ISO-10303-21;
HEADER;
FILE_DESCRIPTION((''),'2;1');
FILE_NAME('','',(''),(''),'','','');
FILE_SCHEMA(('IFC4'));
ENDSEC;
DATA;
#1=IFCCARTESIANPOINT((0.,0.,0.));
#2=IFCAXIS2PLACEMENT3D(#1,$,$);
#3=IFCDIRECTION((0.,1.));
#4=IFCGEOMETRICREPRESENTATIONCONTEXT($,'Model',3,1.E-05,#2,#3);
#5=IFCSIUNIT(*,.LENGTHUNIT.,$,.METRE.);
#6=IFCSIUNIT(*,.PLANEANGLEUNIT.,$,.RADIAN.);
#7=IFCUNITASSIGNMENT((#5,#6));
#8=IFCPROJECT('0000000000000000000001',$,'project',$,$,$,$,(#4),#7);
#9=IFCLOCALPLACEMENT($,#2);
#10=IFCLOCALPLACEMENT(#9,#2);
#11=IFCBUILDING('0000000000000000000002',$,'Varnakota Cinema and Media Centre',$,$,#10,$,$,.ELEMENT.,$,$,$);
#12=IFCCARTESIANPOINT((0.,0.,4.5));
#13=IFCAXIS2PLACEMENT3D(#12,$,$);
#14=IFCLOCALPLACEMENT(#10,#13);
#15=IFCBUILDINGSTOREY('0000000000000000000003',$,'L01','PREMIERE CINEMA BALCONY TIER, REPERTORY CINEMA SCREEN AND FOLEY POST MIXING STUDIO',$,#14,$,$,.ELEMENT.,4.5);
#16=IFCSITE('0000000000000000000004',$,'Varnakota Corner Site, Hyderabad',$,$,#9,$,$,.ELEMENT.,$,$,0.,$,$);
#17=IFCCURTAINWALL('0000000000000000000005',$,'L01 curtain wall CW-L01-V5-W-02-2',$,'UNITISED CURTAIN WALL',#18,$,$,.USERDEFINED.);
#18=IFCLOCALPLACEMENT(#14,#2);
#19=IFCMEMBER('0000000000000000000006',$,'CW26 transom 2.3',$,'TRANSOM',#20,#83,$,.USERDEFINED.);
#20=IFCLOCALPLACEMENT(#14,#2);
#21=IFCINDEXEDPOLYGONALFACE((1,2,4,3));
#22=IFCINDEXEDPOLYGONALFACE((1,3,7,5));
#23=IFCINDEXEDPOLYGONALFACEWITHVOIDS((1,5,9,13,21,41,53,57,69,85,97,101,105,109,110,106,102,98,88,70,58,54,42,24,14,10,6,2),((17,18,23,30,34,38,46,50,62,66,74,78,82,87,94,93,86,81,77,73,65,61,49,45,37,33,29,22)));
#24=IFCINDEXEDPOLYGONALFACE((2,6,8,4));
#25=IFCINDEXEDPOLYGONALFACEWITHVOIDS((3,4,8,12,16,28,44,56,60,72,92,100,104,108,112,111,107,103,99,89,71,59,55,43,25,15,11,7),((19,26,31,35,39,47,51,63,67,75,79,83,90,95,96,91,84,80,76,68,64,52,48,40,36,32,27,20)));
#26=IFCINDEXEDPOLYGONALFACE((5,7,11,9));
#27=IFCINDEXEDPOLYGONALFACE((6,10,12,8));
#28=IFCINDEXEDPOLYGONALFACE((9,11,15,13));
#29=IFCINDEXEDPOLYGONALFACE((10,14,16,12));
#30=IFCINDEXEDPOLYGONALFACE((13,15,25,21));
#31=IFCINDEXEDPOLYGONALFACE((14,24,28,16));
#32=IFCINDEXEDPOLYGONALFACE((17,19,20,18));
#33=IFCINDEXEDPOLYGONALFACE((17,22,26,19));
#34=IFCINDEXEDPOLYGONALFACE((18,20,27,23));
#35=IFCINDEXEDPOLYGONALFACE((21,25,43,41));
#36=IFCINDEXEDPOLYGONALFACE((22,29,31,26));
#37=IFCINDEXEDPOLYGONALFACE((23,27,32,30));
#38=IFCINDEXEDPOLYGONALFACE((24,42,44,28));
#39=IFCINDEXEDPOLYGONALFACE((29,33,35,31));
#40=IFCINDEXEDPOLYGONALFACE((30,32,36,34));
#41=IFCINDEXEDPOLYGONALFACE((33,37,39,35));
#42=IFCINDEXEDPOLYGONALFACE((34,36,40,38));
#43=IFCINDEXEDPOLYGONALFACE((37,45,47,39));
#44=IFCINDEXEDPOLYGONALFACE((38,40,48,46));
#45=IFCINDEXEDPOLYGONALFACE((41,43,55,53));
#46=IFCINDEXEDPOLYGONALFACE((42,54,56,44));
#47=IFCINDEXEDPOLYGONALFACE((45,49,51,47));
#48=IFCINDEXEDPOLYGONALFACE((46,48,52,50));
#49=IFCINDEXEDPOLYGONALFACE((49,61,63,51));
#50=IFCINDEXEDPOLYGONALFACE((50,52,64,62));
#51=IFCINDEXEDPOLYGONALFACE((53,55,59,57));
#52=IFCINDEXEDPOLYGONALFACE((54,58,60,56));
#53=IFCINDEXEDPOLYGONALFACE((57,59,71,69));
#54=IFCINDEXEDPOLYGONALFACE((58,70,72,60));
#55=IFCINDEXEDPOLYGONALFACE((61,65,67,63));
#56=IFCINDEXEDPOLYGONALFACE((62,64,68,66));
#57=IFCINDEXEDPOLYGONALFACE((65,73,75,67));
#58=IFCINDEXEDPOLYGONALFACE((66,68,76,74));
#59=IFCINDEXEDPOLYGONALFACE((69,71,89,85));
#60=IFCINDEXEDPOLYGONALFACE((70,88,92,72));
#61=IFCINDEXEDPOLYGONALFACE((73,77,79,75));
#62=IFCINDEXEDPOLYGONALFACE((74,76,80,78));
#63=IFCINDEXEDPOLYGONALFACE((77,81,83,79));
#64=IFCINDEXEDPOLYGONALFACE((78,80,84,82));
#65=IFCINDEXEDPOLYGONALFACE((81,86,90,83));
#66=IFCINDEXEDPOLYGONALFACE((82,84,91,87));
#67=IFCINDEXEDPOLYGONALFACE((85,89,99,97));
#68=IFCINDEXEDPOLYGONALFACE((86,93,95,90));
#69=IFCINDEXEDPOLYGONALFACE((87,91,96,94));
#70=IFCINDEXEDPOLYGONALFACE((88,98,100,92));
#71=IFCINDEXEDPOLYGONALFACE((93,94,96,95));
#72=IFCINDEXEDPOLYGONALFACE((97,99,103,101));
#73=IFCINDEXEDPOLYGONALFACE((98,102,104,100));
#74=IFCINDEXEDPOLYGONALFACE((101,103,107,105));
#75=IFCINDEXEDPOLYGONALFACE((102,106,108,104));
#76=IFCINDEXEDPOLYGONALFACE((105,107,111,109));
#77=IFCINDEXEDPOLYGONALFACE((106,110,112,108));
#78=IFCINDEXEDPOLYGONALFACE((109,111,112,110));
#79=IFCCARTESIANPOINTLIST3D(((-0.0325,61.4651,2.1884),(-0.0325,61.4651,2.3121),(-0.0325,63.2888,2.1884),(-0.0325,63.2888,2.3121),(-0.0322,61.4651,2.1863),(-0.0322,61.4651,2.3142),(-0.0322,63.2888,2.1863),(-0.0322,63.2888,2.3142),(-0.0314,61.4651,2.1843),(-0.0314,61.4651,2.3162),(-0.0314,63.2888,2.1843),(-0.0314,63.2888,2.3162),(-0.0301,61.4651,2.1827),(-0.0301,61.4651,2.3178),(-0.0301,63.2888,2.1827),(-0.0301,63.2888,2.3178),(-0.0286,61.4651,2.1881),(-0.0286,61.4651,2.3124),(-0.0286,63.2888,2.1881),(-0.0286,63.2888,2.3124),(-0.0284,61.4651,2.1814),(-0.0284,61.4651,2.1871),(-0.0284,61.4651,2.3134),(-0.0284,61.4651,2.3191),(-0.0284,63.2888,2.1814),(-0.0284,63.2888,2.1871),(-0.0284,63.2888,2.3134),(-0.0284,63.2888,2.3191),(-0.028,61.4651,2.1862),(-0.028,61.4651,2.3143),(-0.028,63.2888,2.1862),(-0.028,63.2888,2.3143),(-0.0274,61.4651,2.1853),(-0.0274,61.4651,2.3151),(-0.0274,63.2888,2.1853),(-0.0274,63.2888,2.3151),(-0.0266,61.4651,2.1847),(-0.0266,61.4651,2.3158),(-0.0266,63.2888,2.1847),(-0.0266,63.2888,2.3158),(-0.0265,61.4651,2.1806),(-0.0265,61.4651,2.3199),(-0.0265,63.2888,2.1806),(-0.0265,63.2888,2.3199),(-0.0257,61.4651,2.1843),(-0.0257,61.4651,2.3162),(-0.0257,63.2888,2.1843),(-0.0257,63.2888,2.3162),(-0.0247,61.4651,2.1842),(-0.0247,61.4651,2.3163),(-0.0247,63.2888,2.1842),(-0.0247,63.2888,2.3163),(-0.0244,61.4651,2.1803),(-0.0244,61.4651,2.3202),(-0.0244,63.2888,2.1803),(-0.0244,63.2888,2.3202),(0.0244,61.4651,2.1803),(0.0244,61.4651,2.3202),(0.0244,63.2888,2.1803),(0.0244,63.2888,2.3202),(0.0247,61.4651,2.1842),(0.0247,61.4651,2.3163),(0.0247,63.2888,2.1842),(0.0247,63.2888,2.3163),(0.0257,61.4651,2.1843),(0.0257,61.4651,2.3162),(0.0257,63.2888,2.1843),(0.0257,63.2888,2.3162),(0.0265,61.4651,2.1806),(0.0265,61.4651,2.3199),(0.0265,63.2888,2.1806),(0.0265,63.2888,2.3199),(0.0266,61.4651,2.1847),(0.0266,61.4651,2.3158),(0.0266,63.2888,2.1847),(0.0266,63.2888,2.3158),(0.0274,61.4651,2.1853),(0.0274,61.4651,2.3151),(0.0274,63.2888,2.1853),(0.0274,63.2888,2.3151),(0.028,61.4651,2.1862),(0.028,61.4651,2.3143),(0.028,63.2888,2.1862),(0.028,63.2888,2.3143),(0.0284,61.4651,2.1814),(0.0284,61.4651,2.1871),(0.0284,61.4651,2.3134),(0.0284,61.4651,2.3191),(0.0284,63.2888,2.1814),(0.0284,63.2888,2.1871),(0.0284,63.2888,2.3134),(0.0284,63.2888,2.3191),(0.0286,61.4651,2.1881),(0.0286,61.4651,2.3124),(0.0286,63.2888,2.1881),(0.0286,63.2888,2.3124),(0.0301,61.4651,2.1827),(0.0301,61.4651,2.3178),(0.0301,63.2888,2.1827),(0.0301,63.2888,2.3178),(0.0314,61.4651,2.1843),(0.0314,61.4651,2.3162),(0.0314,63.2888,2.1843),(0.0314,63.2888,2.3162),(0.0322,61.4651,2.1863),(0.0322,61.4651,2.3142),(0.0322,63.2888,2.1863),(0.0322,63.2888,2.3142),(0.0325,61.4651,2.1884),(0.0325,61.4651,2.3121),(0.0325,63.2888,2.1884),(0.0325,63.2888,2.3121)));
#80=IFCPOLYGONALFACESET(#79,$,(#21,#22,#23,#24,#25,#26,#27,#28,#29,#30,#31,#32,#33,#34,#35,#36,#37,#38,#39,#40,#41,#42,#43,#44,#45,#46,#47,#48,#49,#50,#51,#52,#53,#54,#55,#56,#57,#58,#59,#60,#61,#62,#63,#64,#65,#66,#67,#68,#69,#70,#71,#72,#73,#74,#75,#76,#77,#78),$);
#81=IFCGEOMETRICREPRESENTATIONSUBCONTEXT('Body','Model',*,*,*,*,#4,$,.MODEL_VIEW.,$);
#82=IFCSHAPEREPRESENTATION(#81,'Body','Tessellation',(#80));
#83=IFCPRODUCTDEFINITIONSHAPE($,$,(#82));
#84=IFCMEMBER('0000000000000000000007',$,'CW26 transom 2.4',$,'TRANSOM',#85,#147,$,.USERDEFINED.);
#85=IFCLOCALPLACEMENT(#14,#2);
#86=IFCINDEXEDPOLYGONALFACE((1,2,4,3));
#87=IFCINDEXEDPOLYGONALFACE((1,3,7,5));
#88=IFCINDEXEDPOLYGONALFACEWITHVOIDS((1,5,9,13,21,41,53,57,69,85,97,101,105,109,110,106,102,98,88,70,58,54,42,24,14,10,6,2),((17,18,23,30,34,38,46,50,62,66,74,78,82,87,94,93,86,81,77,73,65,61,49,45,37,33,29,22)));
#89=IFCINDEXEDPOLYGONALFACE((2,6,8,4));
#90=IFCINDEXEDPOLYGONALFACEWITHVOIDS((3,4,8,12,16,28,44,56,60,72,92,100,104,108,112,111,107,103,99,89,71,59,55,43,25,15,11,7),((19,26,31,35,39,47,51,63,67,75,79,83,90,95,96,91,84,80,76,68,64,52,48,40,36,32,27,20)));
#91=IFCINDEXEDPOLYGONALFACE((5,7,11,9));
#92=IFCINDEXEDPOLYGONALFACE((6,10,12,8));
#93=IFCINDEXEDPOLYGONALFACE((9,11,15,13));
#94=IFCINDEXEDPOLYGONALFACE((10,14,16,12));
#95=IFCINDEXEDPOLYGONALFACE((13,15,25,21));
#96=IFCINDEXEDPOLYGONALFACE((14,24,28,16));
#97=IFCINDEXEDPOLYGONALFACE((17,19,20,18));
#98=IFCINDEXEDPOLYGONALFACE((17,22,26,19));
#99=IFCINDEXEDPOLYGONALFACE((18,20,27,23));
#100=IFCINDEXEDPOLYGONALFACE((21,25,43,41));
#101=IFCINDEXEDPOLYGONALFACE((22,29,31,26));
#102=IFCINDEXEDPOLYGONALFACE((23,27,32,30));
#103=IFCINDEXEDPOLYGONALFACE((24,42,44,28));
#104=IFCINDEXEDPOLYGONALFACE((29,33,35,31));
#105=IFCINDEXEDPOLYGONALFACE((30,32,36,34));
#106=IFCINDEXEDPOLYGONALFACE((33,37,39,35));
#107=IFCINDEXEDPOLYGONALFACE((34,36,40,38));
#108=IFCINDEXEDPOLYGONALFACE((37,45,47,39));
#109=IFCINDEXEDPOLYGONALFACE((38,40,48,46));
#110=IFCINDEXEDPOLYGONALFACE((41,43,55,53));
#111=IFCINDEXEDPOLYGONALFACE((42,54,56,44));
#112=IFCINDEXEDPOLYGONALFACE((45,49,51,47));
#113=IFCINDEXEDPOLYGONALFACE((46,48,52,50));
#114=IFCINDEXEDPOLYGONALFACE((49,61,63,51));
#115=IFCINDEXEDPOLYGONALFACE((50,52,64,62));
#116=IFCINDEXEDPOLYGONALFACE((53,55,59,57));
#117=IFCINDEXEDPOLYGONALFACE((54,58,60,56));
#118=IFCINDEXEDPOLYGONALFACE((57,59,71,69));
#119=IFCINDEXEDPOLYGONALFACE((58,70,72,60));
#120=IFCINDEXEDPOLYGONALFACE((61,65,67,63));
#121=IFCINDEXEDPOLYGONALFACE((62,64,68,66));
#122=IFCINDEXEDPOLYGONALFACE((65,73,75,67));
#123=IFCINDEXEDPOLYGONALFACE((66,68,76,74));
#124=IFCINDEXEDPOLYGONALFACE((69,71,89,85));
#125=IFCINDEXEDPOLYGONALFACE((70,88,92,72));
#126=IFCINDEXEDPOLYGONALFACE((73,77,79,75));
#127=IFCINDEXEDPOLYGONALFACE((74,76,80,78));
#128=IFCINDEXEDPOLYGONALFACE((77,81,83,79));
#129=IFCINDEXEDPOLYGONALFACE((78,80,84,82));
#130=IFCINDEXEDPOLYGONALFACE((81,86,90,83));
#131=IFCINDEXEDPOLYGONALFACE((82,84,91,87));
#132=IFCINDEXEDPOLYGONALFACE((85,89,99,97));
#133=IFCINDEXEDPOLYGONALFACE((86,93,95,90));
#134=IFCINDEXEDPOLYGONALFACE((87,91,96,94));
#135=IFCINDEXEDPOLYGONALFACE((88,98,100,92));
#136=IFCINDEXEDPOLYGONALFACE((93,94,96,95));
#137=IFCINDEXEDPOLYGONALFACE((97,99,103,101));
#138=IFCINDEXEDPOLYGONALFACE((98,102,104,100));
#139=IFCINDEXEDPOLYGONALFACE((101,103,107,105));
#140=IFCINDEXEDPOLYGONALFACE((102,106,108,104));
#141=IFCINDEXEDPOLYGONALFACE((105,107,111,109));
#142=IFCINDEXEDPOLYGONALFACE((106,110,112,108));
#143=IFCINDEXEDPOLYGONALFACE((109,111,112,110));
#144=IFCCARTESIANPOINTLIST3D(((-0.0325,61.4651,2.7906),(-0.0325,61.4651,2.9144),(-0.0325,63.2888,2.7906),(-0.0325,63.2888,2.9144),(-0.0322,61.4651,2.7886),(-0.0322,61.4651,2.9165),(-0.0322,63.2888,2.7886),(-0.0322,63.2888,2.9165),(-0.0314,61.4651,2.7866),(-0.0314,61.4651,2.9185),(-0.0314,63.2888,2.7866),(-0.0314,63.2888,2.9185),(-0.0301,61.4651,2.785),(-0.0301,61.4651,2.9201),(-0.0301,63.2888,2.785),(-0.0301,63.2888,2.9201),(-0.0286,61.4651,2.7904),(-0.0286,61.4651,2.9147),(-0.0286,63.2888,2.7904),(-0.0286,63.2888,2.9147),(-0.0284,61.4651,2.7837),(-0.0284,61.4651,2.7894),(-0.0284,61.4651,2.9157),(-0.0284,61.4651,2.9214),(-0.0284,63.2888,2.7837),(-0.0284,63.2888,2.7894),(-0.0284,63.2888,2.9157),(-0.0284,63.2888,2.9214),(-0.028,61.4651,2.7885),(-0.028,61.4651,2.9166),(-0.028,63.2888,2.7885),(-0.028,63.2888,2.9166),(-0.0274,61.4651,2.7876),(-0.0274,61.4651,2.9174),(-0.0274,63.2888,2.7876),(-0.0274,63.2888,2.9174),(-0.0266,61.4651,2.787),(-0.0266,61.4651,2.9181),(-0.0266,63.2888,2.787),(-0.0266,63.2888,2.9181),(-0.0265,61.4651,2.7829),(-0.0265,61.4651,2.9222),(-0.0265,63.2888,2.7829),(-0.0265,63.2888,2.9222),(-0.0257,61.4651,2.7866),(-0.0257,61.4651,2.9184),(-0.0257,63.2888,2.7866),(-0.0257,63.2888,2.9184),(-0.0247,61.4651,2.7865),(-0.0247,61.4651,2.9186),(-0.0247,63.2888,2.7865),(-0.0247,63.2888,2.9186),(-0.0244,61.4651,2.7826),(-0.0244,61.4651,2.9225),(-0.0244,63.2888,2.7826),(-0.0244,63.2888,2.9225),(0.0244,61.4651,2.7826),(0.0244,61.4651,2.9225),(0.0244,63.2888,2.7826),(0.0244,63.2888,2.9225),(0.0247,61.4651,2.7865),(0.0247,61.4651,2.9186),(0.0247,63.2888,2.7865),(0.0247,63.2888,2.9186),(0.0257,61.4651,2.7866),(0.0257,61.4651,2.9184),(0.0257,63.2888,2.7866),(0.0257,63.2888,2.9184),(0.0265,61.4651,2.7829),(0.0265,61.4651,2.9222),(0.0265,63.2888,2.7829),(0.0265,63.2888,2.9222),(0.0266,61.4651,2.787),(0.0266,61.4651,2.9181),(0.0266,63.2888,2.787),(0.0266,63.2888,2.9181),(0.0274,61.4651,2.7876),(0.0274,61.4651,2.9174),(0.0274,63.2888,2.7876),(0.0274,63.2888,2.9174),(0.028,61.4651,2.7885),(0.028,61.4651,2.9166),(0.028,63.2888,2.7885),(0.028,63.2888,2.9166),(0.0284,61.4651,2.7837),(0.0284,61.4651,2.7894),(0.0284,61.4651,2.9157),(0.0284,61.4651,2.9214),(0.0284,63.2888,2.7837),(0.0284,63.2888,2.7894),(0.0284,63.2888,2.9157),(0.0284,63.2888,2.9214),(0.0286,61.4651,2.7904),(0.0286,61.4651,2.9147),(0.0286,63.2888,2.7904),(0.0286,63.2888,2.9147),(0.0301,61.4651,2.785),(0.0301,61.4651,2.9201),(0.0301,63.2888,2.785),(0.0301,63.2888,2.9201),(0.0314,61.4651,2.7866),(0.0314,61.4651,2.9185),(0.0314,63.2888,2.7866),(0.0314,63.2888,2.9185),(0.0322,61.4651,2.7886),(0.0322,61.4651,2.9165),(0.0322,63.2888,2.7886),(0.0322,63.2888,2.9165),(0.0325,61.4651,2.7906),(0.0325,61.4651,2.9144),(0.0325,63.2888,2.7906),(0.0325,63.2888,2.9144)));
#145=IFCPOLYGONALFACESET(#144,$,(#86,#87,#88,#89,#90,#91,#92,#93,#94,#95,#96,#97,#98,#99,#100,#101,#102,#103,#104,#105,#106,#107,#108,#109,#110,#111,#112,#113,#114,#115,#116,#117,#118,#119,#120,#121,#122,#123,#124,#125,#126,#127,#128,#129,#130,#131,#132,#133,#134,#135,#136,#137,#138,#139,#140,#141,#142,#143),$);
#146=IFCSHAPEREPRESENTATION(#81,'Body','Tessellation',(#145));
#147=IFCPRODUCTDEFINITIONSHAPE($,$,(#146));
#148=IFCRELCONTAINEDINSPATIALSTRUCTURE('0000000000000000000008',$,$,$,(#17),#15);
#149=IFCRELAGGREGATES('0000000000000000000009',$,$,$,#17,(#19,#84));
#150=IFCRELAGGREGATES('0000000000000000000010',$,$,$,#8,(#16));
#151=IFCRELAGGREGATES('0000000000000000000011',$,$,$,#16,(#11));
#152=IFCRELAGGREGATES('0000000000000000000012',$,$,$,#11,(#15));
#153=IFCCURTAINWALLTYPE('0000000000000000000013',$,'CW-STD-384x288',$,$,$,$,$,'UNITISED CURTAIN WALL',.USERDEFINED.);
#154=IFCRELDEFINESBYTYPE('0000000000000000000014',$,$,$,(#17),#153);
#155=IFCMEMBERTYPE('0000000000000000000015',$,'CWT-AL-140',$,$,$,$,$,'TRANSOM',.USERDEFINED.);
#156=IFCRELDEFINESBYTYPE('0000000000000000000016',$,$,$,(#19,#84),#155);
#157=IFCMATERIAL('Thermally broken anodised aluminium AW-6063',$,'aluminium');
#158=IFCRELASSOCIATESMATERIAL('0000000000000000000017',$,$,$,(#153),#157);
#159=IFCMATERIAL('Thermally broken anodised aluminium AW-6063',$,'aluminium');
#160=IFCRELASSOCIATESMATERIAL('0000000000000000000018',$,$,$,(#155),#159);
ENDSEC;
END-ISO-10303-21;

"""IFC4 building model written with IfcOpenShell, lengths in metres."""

from ifc_helpers import new_model, si_unit, direction, frame, origin, origin_2d, place, context, subcontext, project, spatial, hollow_rectangle, extrude, material, material_profile, profile_set, type_object, element, aggregate, save


model = new_model("IFC4")

# Units and contexts
model_context = context("Model", 3, precision=1e-05, world=origin(), true_north=direction((0.0, 1.0)))
body_context = subcontext(model_context, "Body", "Model", "MODEL_VIEW")
ifc_project = project(units=[si_unit("LENGTHUNIT", "METRE"), si_unit("PLANEANGLEUNIT", "RADIAN")], contexts=[model_context])

# Site, building, storey
site_placement = place(None, origin())
site = spatial("IfcSite", under=ifc_project, at=site_placement, Name="Varnakota Corner Site, Hyderabad", CompositionType="ELEMENT", RefElevation=0.0)
building_placement = place(site_placement, origin())
building = spatial("IfcBuilding", under=site, at=building_placement, Name="Varnakota Cinema and Media Centre", CompositionType="ELEMENT")
storey_placement = place(building_placement, frame((0.0, 0.0, 4.5)))
storey = spatial("IfcBuildingStorey", under=building, at=storey_placement, Name="L01", Description="PREMIERE CINEMA BALCONY TIER, REPERTORY CINEMA SCREEN AND FOLEY POST MIXING STUDIO", CompositionType="ELEMENT", Elevation=4.5)

# Curtain wall
ifc_material_1 = material(Name="Thermally broken anodised aluminium AW-6063", Category="aluminium")
curtain_wall_type = type_object("IfcCurtainWallType", Name="CW-STD-384x288", ElementType="UNITISED CURTAIN WALL", PredefinedType="USERDEFINED", material=ifc_material_1)
curtain_wall_1_placement = place(storey_placement, origin())
curtain_wall_1 = element("IfcCurtainWall", 1, at=curtain_wall_1_placement, inside=storey, type_object=curtain_wall_type, Name="L01 curtain wall CW-L01-V5-W-02-2", ObjectType="UNITISED CURTAIN WALL", PredefinedType="USERDEFINED")

# Members
ifc_material_2 = material(Name="Thermally broken anodised aluminium AW-6063", Category="aluminium")
ifc_material_profile_1 = material_profile(ifc_material_2, hollow_rectangle(XDim=0.0649, YDim=0.1399, WallThickness=0.0039, InnerFilletRadius=0.0039, OuterFilletRadius=0.0081, at=origin_2d()), Name="AL-TRANSOM 140x65x4")
ifc_profile_set_1 = profile_set([ifc_material_profile_1], Name="Thermally broken anodised aluminium AW-6063")
member_type_1 = type_object("IfcMemberType", Name="CWT-AL-140", ElementType="TRANSOM", PredefinedType="USERDEFINED", material=ifc_profile_set_1)
member_1_placement = place(storey_placement, frame((0.0, 63.2888, 2.2502), z_axis=(0.0, -1.0, 0.0), x_axis=(1.0, 0.0, 0.0)))
member_1 = element("IfcMember", 2, at=member_1_placement, type_object=member_type_1, Name="CW26 transom 2.3", ObjectType="TRANSOM", PredefinedType="USERDEFINED", context=body_context, shape_type="SweptSolid", body=[
    extrude(hollow_rectangle(XDim=0.0649, YDim=0.1399, WallThickness=0.0039, InnerFilletRadius=0.0039, OuterFilletRadius=0.0081, at=origin_2d()), origin(), (0.0, 0.0, 1.0), 1.8237),
])
member_2_placement = place(storey_placement, frame((0.0, 63.2888, 2.8525), z_axis=(0.0, -1.0, 0.0), x_axis=(1.0, 0.0, 0.0)))
member_2 = element("IfcMember", 3, at=member_2_placement, type_object=member_type_1, Name="CW26 transom 2.4", ObjectType="TRANSOM", PredefinedType="USERDEFINED", context=body_context, shape_type="SweptSolid", body=[
    extrude(hollow_rectangle(XDim=0.0649, YDim=0.1399, WallThickness=0.0039, InnerFilletRadius=0.0039, OuterFilletRadius=0.0081, at=origin_2d()), origin(), (0.0, 0.0, 1.0), 1.8237),
])

aggregate(curtain_wall_1, [member_1, member_2])

save(model, "model.ifc")
